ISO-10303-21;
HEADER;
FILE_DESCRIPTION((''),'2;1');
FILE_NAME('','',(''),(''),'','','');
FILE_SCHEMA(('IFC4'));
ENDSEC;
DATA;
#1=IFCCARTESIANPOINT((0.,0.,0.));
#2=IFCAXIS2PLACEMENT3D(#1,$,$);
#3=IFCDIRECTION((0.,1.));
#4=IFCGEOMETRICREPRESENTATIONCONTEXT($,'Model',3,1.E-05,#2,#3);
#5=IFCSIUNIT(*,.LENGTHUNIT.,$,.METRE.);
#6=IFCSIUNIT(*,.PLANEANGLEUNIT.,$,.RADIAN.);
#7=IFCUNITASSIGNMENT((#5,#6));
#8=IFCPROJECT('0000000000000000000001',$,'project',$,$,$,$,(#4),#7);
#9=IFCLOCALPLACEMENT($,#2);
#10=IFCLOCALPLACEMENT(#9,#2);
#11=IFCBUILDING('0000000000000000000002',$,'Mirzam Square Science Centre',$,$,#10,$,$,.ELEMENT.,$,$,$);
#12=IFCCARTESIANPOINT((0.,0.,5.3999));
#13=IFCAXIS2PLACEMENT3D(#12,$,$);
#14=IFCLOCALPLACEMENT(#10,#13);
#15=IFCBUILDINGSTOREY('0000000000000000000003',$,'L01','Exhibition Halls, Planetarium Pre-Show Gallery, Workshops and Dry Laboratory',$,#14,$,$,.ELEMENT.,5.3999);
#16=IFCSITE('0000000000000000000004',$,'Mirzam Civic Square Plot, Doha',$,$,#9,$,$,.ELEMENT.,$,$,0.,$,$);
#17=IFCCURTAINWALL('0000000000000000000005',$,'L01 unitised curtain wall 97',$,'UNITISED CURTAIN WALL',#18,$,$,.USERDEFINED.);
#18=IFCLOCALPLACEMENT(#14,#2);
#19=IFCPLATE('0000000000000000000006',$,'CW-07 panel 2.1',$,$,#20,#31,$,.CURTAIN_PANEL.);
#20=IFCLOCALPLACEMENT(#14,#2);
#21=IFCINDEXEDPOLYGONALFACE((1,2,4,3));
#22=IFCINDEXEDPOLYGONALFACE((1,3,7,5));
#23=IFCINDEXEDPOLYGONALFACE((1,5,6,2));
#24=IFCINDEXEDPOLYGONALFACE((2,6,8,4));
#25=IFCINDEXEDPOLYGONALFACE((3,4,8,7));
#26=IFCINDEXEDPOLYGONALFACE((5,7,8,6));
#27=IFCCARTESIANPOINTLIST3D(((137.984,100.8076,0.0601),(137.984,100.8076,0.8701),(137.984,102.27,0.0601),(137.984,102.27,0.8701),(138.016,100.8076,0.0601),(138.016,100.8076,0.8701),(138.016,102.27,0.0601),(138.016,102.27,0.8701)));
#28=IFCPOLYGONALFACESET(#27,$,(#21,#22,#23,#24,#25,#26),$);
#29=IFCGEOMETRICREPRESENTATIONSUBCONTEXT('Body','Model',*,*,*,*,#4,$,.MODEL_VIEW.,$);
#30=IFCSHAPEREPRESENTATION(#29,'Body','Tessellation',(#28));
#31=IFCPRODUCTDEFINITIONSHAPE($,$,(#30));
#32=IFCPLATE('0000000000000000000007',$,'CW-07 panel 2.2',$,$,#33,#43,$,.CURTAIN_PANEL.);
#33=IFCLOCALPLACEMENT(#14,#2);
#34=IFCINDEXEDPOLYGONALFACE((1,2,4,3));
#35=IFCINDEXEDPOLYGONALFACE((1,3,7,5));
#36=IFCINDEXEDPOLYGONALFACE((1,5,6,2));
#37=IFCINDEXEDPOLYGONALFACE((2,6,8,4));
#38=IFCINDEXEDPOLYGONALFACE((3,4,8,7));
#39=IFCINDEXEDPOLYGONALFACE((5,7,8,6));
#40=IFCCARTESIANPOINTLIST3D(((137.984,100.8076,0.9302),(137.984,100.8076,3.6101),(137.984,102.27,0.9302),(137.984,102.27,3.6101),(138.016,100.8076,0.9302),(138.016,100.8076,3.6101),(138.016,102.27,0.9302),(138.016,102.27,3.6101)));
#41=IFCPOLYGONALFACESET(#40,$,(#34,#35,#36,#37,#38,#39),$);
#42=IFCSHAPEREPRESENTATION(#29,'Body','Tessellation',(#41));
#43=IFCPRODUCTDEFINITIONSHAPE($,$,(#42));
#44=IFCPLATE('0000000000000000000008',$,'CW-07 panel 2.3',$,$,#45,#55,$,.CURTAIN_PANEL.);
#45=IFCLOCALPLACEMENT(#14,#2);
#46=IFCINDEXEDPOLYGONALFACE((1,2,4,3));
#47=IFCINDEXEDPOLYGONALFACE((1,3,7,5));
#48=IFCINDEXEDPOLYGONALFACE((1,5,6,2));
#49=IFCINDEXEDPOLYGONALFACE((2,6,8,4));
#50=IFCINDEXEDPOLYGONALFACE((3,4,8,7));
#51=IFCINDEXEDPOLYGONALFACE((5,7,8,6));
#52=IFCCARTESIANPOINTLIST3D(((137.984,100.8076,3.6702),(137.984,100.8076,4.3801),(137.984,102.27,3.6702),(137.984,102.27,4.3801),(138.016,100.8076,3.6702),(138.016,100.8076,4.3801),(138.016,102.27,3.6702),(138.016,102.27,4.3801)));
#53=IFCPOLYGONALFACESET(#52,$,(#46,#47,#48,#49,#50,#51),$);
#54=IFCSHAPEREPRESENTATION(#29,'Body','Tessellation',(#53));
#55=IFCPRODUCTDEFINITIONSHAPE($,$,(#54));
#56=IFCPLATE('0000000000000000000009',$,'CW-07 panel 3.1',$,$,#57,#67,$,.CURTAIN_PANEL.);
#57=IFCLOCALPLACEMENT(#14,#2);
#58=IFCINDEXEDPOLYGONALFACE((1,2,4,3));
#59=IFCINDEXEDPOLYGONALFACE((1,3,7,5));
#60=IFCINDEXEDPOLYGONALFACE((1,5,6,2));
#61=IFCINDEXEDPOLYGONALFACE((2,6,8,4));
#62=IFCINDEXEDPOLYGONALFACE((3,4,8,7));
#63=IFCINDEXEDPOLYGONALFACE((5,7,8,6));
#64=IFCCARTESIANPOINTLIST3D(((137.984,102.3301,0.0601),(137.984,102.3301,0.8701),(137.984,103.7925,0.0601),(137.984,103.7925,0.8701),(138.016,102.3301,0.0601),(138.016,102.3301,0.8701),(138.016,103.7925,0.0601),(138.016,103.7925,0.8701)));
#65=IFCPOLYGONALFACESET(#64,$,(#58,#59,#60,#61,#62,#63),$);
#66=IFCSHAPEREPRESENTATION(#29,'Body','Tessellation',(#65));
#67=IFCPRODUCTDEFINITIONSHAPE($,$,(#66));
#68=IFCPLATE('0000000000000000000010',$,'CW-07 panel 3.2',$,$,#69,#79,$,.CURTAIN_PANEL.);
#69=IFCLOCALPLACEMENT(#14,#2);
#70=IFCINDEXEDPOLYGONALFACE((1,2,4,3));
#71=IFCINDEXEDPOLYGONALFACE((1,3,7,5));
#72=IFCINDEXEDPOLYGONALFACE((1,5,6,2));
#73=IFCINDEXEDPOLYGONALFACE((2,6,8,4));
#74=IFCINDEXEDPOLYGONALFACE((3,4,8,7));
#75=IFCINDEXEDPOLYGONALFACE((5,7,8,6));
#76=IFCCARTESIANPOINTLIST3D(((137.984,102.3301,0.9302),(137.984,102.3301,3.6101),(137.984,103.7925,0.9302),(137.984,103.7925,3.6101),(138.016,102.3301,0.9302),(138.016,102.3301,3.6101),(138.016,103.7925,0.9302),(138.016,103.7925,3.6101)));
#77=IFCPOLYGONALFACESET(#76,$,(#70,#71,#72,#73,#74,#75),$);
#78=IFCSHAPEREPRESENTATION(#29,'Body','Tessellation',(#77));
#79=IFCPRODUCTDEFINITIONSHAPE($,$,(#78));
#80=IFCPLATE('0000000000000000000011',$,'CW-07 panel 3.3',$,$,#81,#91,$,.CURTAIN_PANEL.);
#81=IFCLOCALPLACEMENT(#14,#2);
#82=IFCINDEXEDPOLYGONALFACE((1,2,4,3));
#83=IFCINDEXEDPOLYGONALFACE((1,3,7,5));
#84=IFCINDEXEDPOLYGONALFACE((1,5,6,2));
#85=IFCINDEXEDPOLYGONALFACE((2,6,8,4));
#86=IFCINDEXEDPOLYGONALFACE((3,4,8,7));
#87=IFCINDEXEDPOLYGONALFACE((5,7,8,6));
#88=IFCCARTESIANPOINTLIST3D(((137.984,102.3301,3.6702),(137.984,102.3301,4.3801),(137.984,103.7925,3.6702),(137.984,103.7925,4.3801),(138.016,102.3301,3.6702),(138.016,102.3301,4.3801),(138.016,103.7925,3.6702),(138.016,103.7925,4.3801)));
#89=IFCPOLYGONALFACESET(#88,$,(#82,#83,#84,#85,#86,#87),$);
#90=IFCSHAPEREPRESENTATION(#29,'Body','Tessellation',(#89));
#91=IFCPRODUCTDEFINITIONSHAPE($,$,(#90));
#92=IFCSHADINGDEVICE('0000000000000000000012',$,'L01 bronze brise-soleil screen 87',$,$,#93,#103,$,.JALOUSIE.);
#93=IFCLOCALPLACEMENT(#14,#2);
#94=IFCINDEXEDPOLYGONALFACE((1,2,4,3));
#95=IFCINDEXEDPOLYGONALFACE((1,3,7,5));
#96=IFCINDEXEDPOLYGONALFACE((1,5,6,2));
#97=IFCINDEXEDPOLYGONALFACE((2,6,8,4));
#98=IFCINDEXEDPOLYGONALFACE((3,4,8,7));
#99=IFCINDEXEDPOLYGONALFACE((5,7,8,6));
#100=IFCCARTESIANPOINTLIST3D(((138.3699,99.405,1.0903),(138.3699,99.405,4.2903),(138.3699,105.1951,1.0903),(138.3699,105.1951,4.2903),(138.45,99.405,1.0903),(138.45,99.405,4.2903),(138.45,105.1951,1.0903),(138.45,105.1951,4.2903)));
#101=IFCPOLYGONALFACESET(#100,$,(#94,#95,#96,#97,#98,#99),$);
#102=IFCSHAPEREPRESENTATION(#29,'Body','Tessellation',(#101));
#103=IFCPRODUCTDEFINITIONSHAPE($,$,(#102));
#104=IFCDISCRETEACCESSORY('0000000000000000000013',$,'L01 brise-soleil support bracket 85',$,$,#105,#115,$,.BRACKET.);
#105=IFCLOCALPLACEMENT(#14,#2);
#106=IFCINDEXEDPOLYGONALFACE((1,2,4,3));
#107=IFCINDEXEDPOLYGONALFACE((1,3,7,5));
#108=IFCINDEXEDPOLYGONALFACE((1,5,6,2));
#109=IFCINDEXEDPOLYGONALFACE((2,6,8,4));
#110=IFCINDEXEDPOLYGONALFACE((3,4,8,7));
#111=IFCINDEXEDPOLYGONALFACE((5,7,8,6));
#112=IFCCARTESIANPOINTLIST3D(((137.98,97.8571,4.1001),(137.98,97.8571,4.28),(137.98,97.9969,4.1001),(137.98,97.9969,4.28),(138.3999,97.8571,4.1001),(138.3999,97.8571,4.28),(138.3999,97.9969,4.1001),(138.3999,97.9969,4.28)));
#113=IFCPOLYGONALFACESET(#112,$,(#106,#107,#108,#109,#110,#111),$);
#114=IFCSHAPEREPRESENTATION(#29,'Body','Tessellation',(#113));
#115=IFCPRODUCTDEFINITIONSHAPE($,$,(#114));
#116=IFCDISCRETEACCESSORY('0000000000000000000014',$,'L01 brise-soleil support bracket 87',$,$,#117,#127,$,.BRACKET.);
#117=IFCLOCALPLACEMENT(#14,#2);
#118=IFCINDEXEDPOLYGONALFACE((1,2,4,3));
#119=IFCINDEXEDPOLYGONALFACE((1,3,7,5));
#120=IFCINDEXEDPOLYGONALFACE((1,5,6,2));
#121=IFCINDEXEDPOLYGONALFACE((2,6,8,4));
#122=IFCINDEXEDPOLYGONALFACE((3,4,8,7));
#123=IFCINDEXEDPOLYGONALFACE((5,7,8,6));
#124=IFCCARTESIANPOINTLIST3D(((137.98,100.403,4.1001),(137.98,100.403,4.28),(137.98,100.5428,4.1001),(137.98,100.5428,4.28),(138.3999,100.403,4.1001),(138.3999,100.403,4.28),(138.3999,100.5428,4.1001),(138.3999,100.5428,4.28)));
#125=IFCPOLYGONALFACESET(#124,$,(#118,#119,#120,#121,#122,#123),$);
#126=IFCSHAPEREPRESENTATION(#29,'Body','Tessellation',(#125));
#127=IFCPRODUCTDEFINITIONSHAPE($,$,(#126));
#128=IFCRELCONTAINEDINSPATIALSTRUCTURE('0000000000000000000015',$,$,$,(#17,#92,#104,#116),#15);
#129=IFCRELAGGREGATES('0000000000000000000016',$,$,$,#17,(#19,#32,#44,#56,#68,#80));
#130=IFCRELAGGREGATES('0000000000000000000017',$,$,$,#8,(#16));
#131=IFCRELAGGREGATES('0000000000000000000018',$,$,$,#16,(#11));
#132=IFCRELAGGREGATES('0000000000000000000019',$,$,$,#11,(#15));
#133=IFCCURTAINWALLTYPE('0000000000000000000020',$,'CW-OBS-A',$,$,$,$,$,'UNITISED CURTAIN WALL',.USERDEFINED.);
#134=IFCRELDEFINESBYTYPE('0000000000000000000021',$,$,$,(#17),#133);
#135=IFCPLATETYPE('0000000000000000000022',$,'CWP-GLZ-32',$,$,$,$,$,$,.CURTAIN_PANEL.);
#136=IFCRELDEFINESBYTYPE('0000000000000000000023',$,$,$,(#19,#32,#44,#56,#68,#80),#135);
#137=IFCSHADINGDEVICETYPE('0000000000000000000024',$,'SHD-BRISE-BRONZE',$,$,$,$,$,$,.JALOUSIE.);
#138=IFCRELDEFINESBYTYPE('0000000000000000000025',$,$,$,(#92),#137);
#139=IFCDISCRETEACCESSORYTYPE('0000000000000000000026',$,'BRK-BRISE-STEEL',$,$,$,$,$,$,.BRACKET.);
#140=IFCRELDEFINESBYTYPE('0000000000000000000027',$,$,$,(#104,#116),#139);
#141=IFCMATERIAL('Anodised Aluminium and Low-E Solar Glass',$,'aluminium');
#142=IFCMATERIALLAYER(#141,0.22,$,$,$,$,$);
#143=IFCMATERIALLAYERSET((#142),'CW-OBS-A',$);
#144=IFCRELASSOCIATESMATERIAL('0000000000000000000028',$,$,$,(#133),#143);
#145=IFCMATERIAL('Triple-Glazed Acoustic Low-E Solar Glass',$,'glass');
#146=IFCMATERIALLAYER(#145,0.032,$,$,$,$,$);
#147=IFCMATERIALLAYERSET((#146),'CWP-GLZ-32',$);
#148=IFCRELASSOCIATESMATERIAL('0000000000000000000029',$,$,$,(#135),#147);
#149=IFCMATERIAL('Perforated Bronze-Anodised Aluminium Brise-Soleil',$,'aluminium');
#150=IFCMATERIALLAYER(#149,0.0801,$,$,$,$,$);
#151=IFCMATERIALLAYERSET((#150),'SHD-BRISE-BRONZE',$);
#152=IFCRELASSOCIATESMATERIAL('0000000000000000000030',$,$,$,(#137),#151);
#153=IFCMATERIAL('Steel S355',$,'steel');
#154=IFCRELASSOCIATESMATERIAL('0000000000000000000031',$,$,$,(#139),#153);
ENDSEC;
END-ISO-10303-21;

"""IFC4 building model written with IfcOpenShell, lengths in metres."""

from ifc_helpers import new_model, si_unit, direction, frame, origin, origin_2d, place, context, subcontext, project, spatial, rectangle, extrude, material, layer, layer_set, type_object, element, aggregate, save


model = new_model("IFC4")

# Units and contexts
model_context = context("Model", 3, precision=1e-05, world=origin(), true_north=direction((0.0, 1.0)))
body_context = subcontext(model_context, "Body", "Model", "MODEL_VIEW")
ifc_project = project(units=[si_unit("LENGTHUNIT", "METRE"), si_unit("PLANEANGLEUNIT", "RADIAN")], contexts=[model_context])

# Site, building, storey
site_placement = place(None, origin())
site = spatial("IfcSite", under=ifc_project, at=site_placement, Name="Mirzam Civic Square Plot, Doha", CompositionType="ELEMENT", RefElevation=0.0)
building_placement = place(site_placement, origin())
building = spatial("IfcBuilding", under=site, at=building_placement, Name="Mirzam Square Science Centre", CompositionType="ELEMENT")
storey_placement = place(building_placement, frame((0.0, 0.0, 5.3999)))
storey = spatial("IfcBuildingStorey", under=building, at=storey_placement, Name="L01", Description="Exhibition Halls, Planetarium Pre-Show Gallery, Workshops and Dry Laboratory", CompositionType="ELEMENT", Elevation=5.3999)

# Curtain wall, plates
ifc_material_1 = material(Name="Anodised Aluminium and Low-E Solar Glass", Category="aluminium")
ifc_layer_1 = layer(ifc_material_1, 0.22)
ifc_layer_set_1 = layer_set([ifc_layer_1], Name="CW-OBS-A")
curtain_wall_type = type_object("IfcCurtainWallType", Name="CW-OBS-A", ElementType="UNITISED CURTAIN WALL", PredefinedType="USERDEFINED", material=ifc_layer_set_1)
curtain_wall_placement = place(storey_placement, origin())
curtain_wall = element("IfcCurtainWall", 1, at=curtain_wall_placement, inside=storey, type_object=curtain_wall_type, Name="L01 unitised curtain wall 97", ObjectType="UNITISED CURTAIN WALL", PredefinedType="USERDEFINED")
ifc_material_2 = material(Name="Triple-Glazed Acoustic Low-E Solar Glass", Category="glass")
ifc_layer_2 = layer(ifc_material_2, 0.032)
ifc_layer_set_2 = layer_set([ifc_layer_2], Name="CWP-GLZ-32")
plate_type = type_object("IfcPlateType", Name="CWP-GLZ-32", PredefinedType="CURTAIN_PANEL", material=ifc_layer_set_2)
plate_1_placement = place(storey_placement, frame((138.0, 101.5388, 0.0601), z_axis=(0.0, 0.0, 1.0), x_axis=(0.0, 1.0, 0.0)))
plate_1 = element("IfcPlate", 2, at=plate_1_placement, type_object=plate_type, Name="CW-07 panel 2.1", PredefinedType="CURTAIN_PANEL", context=body_context, shape_type="SweptSolid", body=[
    extrude(rectangle(XDim=1.4624, YDim=0.032, at=origin_2d()), origin(), (0.0, 0.0, 1.0), 0.8101),
])
plate_2_placement = place(storey_placement, frame((138.0, 101.5388, 0.9302), z_axis=(0.0, 0.0, 1.0), x_axis=(0.0, 1.0, 0.0)))
plate_2 = element("IfcPlate", 3, at=plate_2_placement, type_object=plate_type, Name="CW-07 panel 2.2", PredefinedType="CURTAIN_PANEL", context=body_context, shape_type="SweptSolid", body=[
    extrude(rectangle(XDim=1.4624, YDim=0.032, at=origin_2d()), origin(), (0.0, 0.0, 1.0), 2.6799),
])
plate_3_placement = place(storey_placement, frame((138.0, 101.5388, 3.6702), z_axis=(0.0, 0.0, 1.0), x_axis=(0.0, 1.0, 0.0)))
plate_3 = element("IfcPlate", 4, at=plate_3_placement, type_object=plate_type, Name="CW-07 panel 2.3", PredefinedType="CURTAIN_PANEL", context=body_context, shape_type="SweptSolid", body=[
    extrude(rectangle(XDim=1.4624, YDim=0.032, at=origin_2d()), origin(), (0.0, 0.0, 1.0), 0.71),
])
plate_4_placement = place(storey_placement, frame((138.0, 103.0613, 0.0601), z_axis=(0.0, 0.0, 1.0), x_axis=(0.0, 1.0, 0.0)))
plate_4 = element("IfcPlate", 5, at=plate_4_placement, type_object=plate_type, Name="CW-07 panel 3.1", PredefinedType="CURTAIN_PANEL", context=body_context, shape_type="SweptSolid", body=[
    extrude(rectangle(XDim=1.4624, YDim=0.032, at=origin_2d()), origin(), (0.0, 0.0, 1.0), 0.8101),
])
plate_5_placement = place(storey_placement, frame((138.0, 103.0613, 0.9302), z_axis=(0.0, 0.0, 1.0), x_axis=(0.0, 1.0, 0.0)))
plate_5 = element("IfcPlate", 6, at=plate_5_placement, type_object=plate_type, Name="CW-07 panel 3.2", PredefinedType="CURTAIN_PANEL", context=body_context, shape_type="SweptSolid", body=[
    extrude(rectangle(XDim=1.4624, YDim=0.032, at=origin_2d()), origin(), (0.0, 0.0, 1.0), 2.6799),
])
plate_6_placement = place(storey_placement, frame((138.0, 103.0613, 3.6702), z_axis=(0.0, 0.0, 1.0), x_axis=(0.0, 1.0, 0.0)))
plate_6 = element("IfcPlate", 7, at=plate_6_placement, type_object=plate_type, Name="CW-07 panel 3.3", PredefinedType="CURTAIN_PANEL", context=body_context, shape_type="SweptSolid", body=[
    extrude(rectangle(XDim=1.4624, YDim=0.032, at=origin_2d()), origin(), (0.0, 0.0, 1.0), 0.71),
])
aggregate(curtain_wall, [plate_1, plate_2, plate_3, plate_4, plate_5, plate_6])

# Shading device
ifc_material_3 = material(Name="Perforated Bronze-Anodised Aluminium Brise-Soleil", Category="aluminium")
ifc_layer_3 = layer(ifc_material_3, 0.0801)
ifc_layer_set_3 = layer_set([ifc_layer_3], Name="SHD-BRISE-BRONZE")
shading_device_type = type_object("IfcShadingDeviceType", Name="SHD-BRISE-BRONZE", PredefinedType="JALOUSIE", material=ifc_layer_set_3)
shading_device_placement = place(storey_placement, frame((138.4099, 102.3, 1.0903), z_axis=(0.0, 0.0, 1.0), x_axis=(0.0, 1.0, 0.0)))
element("IfcShadingDevice", 8, at=shading_device_placement, inside=storey, type_object=shading_device_type, Name="L01 bronze brise-soleil screen 87", PredefinedType="JALOUSIE", context=body_context, shape_type="SweptSolid", body=[
    extrude(rectangle(XDim=5.79, YDim=0.0801, at=origin_2d()), origin(), (0.0, 0.0, 1.0), 3.2),
])

# Discrete accessories
ifc_material_4 = material(Name="Steel S355", Category="steel")
discrete_accessory_type = type_object("IfcDiscreteAccessoryType", Name="BRK-BRISE-STEEL", PredefinedType="BRACKET", material=ifc_material_4)
for number, where, z_axis, x_axis, name in (
    (9, (138.1899, 97.927, 4.1001), (0.0, 0.0, 1.0), (0.0, 1.0, 0.0), "L01 brise-soleil support bracket 85"),
    (10, (138.1899, 100.4729, 4.1001), (0.0, 0.0, 1.0), (0.0, 1.0, 0.0), "L01 brise-soleil support bracket 87"),
):
    element("IfcDiscreteAccessory", number, at=place(storey_placement, frame(where, z_axis=z_axis, x_axis=x_axis)), inside=storey, type_object=discrete_accessory_type, Name=name, PredefinedType="BRACKET", context=body_context, shape_type="SweptSolid", body=[
        extrude(rectangle(XDim=0.1399, YDim=0.4199, at=origin_2d()), origin(), (0.0, 0.0, 1.0), 0.1799),
    ])

save(model, "model.ifc")
